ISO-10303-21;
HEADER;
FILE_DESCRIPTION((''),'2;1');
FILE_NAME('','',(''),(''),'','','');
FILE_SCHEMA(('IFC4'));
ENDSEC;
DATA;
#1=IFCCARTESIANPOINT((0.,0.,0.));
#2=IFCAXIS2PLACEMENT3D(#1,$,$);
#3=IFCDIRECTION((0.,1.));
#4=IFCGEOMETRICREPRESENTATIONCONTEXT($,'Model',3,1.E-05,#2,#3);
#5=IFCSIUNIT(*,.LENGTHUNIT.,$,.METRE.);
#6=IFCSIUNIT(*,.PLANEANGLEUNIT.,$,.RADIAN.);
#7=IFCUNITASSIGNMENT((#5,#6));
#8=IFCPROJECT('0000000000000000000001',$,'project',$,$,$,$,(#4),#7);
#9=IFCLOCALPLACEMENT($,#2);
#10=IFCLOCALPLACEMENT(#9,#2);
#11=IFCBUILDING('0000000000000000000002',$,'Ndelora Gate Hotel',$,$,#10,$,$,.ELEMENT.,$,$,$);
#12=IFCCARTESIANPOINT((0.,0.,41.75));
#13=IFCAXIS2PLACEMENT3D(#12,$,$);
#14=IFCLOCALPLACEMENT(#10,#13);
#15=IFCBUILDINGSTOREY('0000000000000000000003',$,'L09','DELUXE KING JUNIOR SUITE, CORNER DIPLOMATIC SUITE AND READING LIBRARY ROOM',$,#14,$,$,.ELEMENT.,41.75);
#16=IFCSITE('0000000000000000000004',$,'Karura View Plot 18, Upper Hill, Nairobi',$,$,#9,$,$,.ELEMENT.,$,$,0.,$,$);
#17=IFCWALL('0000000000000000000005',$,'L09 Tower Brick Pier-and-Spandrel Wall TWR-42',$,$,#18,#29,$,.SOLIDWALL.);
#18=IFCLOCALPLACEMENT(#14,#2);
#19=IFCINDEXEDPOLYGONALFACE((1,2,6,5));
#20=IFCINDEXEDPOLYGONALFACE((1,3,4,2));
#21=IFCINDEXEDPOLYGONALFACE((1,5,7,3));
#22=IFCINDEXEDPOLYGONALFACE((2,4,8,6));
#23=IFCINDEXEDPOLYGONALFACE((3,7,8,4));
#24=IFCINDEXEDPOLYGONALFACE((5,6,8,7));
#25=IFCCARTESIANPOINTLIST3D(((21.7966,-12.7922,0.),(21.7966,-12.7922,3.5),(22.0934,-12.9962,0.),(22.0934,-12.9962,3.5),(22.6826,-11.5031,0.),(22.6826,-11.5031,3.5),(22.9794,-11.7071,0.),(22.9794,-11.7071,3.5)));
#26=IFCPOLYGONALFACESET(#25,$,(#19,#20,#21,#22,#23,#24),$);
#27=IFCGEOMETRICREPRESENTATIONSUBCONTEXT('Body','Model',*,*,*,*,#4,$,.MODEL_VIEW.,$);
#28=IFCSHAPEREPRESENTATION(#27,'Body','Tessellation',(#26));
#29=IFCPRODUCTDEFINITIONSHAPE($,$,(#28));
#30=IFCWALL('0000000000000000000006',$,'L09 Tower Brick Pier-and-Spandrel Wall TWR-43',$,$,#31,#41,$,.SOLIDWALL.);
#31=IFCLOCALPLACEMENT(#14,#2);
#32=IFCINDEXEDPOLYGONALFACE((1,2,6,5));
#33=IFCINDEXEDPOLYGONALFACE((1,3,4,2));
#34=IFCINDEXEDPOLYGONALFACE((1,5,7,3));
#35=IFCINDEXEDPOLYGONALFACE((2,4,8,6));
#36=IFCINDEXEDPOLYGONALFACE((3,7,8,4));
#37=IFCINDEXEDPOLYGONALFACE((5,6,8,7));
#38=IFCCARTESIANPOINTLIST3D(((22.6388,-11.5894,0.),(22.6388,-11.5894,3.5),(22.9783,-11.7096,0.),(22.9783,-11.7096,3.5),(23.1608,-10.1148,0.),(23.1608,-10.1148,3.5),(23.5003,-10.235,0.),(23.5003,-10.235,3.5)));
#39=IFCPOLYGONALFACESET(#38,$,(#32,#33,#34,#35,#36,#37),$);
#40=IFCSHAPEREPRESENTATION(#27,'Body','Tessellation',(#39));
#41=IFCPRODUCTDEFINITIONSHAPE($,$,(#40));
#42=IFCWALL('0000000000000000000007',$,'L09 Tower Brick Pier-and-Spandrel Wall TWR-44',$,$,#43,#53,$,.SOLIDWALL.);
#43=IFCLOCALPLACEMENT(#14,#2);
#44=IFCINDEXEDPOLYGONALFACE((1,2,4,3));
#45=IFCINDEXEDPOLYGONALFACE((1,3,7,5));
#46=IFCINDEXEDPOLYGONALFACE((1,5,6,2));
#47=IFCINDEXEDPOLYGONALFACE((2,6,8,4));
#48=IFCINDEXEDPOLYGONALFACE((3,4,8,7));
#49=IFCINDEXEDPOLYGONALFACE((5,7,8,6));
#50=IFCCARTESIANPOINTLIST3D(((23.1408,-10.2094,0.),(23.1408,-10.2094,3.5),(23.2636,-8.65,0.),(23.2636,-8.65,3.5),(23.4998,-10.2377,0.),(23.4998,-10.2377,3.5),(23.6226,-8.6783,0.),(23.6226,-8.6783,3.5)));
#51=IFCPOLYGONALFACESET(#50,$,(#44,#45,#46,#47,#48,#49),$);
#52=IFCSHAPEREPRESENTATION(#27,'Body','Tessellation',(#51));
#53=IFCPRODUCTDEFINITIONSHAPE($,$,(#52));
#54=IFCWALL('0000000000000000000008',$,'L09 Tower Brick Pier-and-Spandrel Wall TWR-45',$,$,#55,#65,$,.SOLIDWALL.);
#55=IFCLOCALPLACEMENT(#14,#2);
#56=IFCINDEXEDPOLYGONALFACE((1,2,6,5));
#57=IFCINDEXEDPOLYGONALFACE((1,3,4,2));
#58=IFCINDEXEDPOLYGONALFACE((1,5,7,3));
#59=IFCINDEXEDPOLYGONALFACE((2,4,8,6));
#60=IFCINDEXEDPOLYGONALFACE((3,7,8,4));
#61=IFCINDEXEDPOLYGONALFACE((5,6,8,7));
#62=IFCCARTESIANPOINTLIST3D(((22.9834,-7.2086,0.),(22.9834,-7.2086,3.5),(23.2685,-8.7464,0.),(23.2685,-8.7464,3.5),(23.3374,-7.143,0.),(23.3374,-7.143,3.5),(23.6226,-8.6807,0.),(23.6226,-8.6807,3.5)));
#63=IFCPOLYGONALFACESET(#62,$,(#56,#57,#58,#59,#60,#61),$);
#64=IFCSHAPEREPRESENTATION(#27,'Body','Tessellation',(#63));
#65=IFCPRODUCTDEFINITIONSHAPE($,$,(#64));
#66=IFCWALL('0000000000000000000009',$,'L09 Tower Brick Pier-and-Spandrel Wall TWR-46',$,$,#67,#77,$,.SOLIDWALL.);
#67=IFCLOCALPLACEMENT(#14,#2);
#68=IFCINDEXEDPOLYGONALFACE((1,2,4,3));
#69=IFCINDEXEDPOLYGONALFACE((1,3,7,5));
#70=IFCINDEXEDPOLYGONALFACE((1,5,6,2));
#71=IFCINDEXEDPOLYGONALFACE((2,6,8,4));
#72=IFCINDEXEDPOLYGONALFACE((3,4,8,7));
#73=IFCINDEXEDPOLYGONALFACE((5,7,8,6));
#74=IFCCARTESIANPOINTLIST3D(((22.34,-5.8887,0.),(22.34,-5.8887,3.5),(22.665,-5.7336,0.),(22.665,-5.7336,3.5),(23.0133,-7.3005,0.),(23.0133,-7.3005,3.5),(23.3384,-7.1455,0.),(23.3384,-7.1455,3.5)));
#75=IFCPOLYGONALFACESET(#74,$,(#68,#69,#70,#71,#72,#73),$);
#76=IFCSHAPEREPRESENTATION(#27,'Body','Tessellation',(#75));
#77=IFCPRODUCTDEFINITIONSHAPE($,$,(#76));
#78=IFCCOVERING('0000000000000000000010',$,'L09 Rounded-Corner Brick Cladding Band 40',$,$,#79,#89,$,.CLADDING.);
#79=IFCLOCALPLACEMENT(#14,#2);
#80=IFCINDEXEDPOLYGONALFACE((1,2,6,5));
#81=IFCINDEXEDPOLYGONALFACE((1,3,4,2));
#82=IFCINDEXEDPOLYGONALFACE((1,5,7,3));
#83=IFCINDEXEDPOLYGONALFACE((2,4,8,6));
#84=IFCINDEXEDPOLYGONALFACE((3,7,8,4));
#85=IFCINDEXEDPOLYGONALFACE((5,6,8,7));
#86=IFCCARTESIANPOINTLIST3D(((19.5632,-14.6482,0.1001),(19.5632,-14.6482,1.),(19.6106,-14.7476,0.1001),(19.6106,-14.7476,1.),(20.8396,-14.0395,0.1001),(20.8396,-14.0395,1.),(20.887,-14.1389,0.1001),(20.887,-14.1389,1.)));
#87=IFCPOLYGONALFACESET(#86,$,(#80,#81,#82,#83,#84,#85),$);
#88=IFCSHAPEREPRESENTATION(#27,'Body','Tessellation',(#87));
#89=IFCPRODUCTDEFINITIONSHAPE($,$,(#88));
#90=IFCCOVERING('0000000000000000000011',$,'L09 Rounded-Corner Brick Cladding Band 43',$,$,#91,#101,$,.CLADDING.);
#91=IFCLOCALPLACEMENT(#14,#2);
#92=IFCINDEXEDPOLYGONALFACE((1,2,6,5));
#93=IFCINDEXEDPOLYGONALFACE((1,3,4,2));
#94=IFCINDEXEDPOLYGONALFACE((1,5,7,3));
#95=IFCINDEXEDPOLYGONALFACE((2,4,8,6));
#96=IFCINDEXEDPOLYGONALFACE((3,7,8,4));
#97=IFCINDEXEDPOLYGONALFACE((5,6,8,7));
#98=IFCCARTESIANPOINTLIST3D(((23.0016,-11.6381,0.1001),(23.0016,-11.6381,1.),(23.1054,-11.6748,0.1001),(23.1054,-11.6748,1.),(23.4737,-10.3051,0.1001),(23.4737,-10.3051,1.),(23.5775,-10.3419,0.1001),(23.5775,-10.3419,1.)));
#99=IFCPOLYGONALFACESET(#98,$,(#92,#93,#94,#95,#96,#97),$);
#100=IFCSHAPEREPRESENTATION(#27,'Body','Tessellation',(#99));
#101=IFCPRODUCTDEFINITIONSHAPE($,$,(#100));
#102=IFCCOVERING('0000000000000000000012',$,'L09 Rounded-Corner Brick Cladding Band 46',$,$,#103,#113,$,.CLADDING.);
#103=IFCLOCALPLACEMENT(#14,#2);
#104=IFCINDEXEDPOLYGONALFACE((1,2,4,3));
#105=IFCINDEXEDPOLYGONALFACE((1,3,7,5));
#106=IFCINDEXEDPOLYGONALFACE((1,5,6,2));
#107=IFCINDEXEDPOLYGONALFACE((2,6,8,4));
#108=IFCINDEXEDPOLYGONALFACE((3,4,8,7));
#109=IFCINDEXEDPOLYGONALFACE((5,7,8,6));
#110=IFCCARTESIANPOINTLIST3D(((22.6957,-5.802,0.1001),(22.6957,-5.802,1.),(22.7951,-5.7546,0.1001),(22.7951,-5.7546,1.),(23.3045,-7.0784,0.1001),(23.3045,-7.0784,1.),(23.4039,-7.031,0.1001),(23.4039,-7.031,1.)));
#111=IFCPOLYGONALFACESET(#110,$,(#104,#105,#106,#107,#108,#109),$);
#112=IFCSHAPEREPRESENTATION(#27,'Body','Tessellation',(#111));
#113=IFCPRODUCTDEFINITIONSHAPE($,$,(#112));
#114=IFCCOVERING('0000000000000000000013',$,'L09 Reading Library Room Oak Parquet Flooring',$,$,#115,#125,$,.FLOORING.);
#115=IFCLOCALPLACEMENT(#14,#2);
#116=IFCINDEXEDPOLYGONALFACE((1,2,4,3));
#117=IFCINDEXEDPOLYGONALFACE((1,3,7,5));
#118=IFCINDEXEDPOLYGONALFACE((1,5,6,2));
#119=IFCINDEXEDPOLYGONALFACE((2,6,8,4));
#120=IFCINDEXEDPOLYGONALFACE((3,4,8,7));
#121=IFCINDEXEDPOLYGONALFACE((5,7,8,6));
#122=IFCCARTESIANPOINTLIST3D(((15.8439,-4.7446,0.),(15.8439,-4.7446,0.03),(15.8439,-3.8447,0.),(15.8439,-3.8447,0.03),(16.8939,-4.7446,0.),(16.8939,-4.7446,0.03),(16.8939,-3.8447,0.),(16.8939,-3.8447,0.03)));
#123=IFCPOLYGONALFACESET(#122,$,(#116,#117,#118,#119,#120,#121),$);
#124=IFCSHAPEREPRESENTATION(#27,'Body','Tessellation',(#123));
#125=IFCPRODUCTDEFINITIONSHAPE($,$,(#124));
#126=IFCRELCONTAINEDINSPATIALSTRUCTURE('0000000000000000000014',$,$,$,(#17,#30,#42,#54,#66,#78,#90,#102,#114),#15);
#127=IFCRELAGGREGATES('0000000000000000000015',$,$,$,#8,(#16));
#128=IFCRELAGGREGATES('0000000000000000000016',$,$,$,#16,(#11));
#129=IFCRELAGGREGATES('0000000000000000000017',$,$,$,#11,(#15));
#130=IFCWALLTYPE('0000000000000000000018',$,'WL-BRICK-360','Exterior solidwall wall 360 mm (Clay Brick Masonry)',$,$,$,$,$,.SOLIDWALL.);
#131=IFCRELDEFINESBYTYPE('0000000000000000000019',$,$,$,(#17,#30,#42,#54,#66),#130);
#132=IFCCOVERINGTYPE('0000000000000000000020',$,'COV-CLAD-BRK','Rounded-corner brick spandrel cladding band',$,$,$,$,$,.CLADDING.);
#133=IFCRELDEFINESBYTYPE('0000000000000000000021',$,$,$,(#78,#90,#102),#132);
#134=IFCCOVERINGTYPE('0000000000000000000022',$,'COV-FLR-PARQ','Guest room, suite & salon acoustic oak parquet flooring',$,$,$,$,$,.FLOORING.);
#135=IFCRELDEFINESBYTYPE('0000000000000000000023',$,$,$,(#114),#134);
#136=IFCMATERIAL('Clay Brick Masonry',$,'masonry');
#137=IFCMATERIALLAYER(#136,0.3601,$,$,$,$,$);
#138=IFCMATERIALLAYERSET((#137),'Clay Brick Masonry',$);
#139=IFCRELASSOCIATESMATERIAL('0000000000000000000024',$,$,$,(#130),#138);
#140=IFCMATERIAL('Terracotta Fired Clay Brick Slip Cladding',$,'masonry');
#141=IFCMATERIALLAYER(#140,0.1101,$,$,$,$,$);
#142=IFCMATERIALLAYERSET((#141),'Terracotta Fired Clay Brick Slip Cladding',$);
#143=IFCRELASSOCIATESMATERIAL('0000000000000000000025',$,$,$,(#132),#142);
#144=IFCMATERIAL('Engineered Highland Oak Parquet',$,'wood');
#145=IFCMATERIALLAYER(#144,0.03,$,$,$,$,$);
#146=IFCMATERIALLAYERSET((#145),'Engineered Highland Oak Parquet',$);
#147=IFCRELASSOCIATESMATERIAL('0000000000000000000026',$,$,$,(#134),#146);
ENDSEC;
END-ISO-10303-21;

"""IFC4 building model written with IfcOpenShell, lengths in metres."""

from ifc_helpers import new_model, si_unit, direction, frame, frame_2d, origin, origin_2d, place, context, subcontext, project, spatial, rectangle, extrude, material, layer, layer_set, type_object, element, save


model = new_model("IFC4")

# Units and contexts
model_context = context("Model", 3, precision=1e-05, world=origin(), true_north=direction((0.0, 1.0)))
body_context = subcontext(model_context, "Body", "Model", "MODEL_VIEW")
ifc_project = project(units=[si_unit("LENGTHUNIT", "METRE"), si_unit("PLANEANGLEUNIT", "RADIAN")], contexts=[model_context])

# Site, building, storey
site_placement = place(None, origin())
site = spatial("IfcSite", under=ifc_project, at=site_placement, Name="Karura View Plot 18, Upper Hill, Nairobi", CompositionType="ELEMENT", RefElevation=0.0)
building_placement = place(site_placement, origin())
building = spatial("IfcBuilding", under=site, at=building_placement, Name="Ndelora Gate Hotel", CompositionType="ELEMENT")
storey_placement = place(building_placement, frame((0.0, 0.0, 41.75)))
storey = spatial("IfcBuildingStorey", under=building, at=storey_placement, Name="L09", Description="DELUXE KING JUNIOR SUITE, CORNER DIPLOMATIC SUITE AND READING LIBRARY ROOM", CompositionType="ELEMENT", Elevation=41.75)

# Shared definitions
ifc_material_1 = material(Name="Clay Brick Masonry", Category="masonry")
ifc_layer_1 = layer(ifc_material_1, 0.3601)
ifc_layer_set_1 = layer_set([ifc_layer_1], Name="Clay Brick Masonry")
wall_type = type_object("IfcWallType", Name="WL-BRICK-360", Description="Exterior solidwall wall 360 mm (Clay Brick Masonry)", PredefinedType="SOLIDWALL", material=ifc_layer_set_1)

# Walls
for number, where, z_axis, x_axis, name in (
    (1, (22.8311, -11.605, 0.0), (0.0, 0.0, 1.0), (-0.566423, -0.824115, 0.0), "L09 Tower Brick Pier-and-Spandrel Wall TWR-42"),
    (2, (23.3306, -10.1748, 0.0), (0.0, 0.0, 1.0), (-0.333685, -0.942685, 0.0), "L09 Tower Brick Pier-and-Spandrel Wall TWR-43"),
    (3, (23.4431, -8.6641, 0.0), (0.0, 0.0, 1.0), (-0.078511, -0.996913, 0.0), "L09 Tower Brick Pier-and-Spandrel Wall TWR-44"),
):
    element("IfcWall", number, at=place(storey_placement, frame(where, z_axis=z_axis, x_axis=x_axis)), inside=storey, type_object=wall_type, Name=name, PredefinedType="SOLIDWALL", context=body_context, shape_type="SweptSolid", body=[
        extrude(rectangle(XDim=1.5642, YDim=0.3601, at=frame_2d((0.7822, 0.0))), origin(), (0.0, 0.0, 1.0), 3.5),
    ])
wall_1_placement = place(storey_placement, frame((23.1604, -7.1758, 0.0), z_axis=(0.0, 0.0, 1.0), x_axis=(0.182318, -0.98324, 0.0)))
element("IfcWall", 4, at=wall_1_placement, inside=storey, type_object=wall_type, Name="L09 Tower Brick Pier-and-Spandrel Wall TWR-45", PredefinedType="SOLIDWALL", context=body_context, shape_type="SweptSolid", body=[
    extrude(rectangle(XDim=1.564, YDim=0.3601, at=frame_2d((0.782, 0.0))), origin(), (0.0, 0.0, 1.0), 3.5),
])
wall_2_placement = place(storey_placement, frame((22.5024, -5.811, 0.0), z_axis=(0.0, 0.0, 1.0), x_axis=(0.430467, -0.902606, 0.0)))
element("IfcWall", 5, at=wall_2_placement, inside=storey, type_object=wall_type, Name="L09 Tower Brick Pier-and-Spandrel Wall TWR-46", PredefinedType="SOLIDWALL", context=body_context, shape_type="SweptSolid", body=[
    extrude(rectangle(XDim=1.5642, YDim=0.3601, at=frame_2d((0.7822, 0.0))), origin(), (0.0, 0.0, 1.0), 3.5),
])

# Coverings
ifc_material_2 = material(Name="Terracotta Fired Clay Brick Slip Cladding", Category="masonry")
ifc_layer_2 = layer(ifc_material_2, 0.1101)
ifc_layer_set_2 = layer_set([ifc_layer_2], Name="Terracotta Fired Clay Brick Slip Cladding")
covering_type_1 = type_object("IfcCoveringType", Name="COV-CLAD-BRK", Description="Rounded-corner brick spandrel cladding band", PredefinedType="CLADDING", material=ifc_layer_set_2)
for number, where, z_axis, x_axis, name in (
    (6, (20.2251, -14.3936, 0.1001), (0.0, 0.0, 1.0), (0.902585, 0.430511, 0.0), "L09 Rounded-Corner Brick Cladding Band 40"),
    (7, (23.2896, -10.99, 0.1001), (0.0, 0.0, 1.0), (0.333807, 0.942641, 0.0), "L09 Rounded-Corner Brick Cladding Band 43"),
    (8, (23.0498, -6.4165, 0.1001), (0.0, 0.0, 1.0), (-0.430511, 0.902585, 0.0), "L09 Rounded-Corner Brick Cladding Band 46"),
):
    element("IfcCovering", number, at=place(storey_placement, frame(where, z_axis=z_axis, x_axis=x_axis)), inside=storey, type_object=covering_type_1, Name=name, PredefinedType="CLADDING", context=body_context, shape_type="SweptSolid", body=[
        extrude(rectangle(XDim=1.4141, YDim=0.1101, at=origin_2d()), origin(), (0.0, 0.0, 1.0), 0.8999),
    ])
ifc_material_3 = material(Name="Engineered Highland Oak Parquet", Category="wood")
ifc_layer_3 = layer(ifc_material_3, 0.03)
ifc_layer_set_3 = layer_set([ifc_layer_3], Name="Engineered Highland Oak Parquet")
covering_type_2 = type_object("IfcCoveringType", Name="COV-FLR-PARQ", Description="Guest room, suite & salon acoustic oak parquet flooring", PredefinedType="FLOORING", material=ifc_layer_set_3)
covering_placement = place(storey_placement, frame((16.3689, -4.2947, 0.0), z_axis=(0.0, 0.0, 1.0), x_axis=(1.0, 0.0, 0.0)))
element("IfcCovering", 9, at=covering_placement, inside=storey, type_object=covering_type_2, Name="L09 Reading Library Room Oak Parquet Flooring", PredefinedType="FLOORING", context=body_context, shape_type="SweptSolid", body=[
    extrude(rectangle(XDim=1.05, YDim=0.8999, at=origin_2d()), origin(), (0.0, 0.0, 1.0), 0.03),
])

save(model, "model.ifc")
